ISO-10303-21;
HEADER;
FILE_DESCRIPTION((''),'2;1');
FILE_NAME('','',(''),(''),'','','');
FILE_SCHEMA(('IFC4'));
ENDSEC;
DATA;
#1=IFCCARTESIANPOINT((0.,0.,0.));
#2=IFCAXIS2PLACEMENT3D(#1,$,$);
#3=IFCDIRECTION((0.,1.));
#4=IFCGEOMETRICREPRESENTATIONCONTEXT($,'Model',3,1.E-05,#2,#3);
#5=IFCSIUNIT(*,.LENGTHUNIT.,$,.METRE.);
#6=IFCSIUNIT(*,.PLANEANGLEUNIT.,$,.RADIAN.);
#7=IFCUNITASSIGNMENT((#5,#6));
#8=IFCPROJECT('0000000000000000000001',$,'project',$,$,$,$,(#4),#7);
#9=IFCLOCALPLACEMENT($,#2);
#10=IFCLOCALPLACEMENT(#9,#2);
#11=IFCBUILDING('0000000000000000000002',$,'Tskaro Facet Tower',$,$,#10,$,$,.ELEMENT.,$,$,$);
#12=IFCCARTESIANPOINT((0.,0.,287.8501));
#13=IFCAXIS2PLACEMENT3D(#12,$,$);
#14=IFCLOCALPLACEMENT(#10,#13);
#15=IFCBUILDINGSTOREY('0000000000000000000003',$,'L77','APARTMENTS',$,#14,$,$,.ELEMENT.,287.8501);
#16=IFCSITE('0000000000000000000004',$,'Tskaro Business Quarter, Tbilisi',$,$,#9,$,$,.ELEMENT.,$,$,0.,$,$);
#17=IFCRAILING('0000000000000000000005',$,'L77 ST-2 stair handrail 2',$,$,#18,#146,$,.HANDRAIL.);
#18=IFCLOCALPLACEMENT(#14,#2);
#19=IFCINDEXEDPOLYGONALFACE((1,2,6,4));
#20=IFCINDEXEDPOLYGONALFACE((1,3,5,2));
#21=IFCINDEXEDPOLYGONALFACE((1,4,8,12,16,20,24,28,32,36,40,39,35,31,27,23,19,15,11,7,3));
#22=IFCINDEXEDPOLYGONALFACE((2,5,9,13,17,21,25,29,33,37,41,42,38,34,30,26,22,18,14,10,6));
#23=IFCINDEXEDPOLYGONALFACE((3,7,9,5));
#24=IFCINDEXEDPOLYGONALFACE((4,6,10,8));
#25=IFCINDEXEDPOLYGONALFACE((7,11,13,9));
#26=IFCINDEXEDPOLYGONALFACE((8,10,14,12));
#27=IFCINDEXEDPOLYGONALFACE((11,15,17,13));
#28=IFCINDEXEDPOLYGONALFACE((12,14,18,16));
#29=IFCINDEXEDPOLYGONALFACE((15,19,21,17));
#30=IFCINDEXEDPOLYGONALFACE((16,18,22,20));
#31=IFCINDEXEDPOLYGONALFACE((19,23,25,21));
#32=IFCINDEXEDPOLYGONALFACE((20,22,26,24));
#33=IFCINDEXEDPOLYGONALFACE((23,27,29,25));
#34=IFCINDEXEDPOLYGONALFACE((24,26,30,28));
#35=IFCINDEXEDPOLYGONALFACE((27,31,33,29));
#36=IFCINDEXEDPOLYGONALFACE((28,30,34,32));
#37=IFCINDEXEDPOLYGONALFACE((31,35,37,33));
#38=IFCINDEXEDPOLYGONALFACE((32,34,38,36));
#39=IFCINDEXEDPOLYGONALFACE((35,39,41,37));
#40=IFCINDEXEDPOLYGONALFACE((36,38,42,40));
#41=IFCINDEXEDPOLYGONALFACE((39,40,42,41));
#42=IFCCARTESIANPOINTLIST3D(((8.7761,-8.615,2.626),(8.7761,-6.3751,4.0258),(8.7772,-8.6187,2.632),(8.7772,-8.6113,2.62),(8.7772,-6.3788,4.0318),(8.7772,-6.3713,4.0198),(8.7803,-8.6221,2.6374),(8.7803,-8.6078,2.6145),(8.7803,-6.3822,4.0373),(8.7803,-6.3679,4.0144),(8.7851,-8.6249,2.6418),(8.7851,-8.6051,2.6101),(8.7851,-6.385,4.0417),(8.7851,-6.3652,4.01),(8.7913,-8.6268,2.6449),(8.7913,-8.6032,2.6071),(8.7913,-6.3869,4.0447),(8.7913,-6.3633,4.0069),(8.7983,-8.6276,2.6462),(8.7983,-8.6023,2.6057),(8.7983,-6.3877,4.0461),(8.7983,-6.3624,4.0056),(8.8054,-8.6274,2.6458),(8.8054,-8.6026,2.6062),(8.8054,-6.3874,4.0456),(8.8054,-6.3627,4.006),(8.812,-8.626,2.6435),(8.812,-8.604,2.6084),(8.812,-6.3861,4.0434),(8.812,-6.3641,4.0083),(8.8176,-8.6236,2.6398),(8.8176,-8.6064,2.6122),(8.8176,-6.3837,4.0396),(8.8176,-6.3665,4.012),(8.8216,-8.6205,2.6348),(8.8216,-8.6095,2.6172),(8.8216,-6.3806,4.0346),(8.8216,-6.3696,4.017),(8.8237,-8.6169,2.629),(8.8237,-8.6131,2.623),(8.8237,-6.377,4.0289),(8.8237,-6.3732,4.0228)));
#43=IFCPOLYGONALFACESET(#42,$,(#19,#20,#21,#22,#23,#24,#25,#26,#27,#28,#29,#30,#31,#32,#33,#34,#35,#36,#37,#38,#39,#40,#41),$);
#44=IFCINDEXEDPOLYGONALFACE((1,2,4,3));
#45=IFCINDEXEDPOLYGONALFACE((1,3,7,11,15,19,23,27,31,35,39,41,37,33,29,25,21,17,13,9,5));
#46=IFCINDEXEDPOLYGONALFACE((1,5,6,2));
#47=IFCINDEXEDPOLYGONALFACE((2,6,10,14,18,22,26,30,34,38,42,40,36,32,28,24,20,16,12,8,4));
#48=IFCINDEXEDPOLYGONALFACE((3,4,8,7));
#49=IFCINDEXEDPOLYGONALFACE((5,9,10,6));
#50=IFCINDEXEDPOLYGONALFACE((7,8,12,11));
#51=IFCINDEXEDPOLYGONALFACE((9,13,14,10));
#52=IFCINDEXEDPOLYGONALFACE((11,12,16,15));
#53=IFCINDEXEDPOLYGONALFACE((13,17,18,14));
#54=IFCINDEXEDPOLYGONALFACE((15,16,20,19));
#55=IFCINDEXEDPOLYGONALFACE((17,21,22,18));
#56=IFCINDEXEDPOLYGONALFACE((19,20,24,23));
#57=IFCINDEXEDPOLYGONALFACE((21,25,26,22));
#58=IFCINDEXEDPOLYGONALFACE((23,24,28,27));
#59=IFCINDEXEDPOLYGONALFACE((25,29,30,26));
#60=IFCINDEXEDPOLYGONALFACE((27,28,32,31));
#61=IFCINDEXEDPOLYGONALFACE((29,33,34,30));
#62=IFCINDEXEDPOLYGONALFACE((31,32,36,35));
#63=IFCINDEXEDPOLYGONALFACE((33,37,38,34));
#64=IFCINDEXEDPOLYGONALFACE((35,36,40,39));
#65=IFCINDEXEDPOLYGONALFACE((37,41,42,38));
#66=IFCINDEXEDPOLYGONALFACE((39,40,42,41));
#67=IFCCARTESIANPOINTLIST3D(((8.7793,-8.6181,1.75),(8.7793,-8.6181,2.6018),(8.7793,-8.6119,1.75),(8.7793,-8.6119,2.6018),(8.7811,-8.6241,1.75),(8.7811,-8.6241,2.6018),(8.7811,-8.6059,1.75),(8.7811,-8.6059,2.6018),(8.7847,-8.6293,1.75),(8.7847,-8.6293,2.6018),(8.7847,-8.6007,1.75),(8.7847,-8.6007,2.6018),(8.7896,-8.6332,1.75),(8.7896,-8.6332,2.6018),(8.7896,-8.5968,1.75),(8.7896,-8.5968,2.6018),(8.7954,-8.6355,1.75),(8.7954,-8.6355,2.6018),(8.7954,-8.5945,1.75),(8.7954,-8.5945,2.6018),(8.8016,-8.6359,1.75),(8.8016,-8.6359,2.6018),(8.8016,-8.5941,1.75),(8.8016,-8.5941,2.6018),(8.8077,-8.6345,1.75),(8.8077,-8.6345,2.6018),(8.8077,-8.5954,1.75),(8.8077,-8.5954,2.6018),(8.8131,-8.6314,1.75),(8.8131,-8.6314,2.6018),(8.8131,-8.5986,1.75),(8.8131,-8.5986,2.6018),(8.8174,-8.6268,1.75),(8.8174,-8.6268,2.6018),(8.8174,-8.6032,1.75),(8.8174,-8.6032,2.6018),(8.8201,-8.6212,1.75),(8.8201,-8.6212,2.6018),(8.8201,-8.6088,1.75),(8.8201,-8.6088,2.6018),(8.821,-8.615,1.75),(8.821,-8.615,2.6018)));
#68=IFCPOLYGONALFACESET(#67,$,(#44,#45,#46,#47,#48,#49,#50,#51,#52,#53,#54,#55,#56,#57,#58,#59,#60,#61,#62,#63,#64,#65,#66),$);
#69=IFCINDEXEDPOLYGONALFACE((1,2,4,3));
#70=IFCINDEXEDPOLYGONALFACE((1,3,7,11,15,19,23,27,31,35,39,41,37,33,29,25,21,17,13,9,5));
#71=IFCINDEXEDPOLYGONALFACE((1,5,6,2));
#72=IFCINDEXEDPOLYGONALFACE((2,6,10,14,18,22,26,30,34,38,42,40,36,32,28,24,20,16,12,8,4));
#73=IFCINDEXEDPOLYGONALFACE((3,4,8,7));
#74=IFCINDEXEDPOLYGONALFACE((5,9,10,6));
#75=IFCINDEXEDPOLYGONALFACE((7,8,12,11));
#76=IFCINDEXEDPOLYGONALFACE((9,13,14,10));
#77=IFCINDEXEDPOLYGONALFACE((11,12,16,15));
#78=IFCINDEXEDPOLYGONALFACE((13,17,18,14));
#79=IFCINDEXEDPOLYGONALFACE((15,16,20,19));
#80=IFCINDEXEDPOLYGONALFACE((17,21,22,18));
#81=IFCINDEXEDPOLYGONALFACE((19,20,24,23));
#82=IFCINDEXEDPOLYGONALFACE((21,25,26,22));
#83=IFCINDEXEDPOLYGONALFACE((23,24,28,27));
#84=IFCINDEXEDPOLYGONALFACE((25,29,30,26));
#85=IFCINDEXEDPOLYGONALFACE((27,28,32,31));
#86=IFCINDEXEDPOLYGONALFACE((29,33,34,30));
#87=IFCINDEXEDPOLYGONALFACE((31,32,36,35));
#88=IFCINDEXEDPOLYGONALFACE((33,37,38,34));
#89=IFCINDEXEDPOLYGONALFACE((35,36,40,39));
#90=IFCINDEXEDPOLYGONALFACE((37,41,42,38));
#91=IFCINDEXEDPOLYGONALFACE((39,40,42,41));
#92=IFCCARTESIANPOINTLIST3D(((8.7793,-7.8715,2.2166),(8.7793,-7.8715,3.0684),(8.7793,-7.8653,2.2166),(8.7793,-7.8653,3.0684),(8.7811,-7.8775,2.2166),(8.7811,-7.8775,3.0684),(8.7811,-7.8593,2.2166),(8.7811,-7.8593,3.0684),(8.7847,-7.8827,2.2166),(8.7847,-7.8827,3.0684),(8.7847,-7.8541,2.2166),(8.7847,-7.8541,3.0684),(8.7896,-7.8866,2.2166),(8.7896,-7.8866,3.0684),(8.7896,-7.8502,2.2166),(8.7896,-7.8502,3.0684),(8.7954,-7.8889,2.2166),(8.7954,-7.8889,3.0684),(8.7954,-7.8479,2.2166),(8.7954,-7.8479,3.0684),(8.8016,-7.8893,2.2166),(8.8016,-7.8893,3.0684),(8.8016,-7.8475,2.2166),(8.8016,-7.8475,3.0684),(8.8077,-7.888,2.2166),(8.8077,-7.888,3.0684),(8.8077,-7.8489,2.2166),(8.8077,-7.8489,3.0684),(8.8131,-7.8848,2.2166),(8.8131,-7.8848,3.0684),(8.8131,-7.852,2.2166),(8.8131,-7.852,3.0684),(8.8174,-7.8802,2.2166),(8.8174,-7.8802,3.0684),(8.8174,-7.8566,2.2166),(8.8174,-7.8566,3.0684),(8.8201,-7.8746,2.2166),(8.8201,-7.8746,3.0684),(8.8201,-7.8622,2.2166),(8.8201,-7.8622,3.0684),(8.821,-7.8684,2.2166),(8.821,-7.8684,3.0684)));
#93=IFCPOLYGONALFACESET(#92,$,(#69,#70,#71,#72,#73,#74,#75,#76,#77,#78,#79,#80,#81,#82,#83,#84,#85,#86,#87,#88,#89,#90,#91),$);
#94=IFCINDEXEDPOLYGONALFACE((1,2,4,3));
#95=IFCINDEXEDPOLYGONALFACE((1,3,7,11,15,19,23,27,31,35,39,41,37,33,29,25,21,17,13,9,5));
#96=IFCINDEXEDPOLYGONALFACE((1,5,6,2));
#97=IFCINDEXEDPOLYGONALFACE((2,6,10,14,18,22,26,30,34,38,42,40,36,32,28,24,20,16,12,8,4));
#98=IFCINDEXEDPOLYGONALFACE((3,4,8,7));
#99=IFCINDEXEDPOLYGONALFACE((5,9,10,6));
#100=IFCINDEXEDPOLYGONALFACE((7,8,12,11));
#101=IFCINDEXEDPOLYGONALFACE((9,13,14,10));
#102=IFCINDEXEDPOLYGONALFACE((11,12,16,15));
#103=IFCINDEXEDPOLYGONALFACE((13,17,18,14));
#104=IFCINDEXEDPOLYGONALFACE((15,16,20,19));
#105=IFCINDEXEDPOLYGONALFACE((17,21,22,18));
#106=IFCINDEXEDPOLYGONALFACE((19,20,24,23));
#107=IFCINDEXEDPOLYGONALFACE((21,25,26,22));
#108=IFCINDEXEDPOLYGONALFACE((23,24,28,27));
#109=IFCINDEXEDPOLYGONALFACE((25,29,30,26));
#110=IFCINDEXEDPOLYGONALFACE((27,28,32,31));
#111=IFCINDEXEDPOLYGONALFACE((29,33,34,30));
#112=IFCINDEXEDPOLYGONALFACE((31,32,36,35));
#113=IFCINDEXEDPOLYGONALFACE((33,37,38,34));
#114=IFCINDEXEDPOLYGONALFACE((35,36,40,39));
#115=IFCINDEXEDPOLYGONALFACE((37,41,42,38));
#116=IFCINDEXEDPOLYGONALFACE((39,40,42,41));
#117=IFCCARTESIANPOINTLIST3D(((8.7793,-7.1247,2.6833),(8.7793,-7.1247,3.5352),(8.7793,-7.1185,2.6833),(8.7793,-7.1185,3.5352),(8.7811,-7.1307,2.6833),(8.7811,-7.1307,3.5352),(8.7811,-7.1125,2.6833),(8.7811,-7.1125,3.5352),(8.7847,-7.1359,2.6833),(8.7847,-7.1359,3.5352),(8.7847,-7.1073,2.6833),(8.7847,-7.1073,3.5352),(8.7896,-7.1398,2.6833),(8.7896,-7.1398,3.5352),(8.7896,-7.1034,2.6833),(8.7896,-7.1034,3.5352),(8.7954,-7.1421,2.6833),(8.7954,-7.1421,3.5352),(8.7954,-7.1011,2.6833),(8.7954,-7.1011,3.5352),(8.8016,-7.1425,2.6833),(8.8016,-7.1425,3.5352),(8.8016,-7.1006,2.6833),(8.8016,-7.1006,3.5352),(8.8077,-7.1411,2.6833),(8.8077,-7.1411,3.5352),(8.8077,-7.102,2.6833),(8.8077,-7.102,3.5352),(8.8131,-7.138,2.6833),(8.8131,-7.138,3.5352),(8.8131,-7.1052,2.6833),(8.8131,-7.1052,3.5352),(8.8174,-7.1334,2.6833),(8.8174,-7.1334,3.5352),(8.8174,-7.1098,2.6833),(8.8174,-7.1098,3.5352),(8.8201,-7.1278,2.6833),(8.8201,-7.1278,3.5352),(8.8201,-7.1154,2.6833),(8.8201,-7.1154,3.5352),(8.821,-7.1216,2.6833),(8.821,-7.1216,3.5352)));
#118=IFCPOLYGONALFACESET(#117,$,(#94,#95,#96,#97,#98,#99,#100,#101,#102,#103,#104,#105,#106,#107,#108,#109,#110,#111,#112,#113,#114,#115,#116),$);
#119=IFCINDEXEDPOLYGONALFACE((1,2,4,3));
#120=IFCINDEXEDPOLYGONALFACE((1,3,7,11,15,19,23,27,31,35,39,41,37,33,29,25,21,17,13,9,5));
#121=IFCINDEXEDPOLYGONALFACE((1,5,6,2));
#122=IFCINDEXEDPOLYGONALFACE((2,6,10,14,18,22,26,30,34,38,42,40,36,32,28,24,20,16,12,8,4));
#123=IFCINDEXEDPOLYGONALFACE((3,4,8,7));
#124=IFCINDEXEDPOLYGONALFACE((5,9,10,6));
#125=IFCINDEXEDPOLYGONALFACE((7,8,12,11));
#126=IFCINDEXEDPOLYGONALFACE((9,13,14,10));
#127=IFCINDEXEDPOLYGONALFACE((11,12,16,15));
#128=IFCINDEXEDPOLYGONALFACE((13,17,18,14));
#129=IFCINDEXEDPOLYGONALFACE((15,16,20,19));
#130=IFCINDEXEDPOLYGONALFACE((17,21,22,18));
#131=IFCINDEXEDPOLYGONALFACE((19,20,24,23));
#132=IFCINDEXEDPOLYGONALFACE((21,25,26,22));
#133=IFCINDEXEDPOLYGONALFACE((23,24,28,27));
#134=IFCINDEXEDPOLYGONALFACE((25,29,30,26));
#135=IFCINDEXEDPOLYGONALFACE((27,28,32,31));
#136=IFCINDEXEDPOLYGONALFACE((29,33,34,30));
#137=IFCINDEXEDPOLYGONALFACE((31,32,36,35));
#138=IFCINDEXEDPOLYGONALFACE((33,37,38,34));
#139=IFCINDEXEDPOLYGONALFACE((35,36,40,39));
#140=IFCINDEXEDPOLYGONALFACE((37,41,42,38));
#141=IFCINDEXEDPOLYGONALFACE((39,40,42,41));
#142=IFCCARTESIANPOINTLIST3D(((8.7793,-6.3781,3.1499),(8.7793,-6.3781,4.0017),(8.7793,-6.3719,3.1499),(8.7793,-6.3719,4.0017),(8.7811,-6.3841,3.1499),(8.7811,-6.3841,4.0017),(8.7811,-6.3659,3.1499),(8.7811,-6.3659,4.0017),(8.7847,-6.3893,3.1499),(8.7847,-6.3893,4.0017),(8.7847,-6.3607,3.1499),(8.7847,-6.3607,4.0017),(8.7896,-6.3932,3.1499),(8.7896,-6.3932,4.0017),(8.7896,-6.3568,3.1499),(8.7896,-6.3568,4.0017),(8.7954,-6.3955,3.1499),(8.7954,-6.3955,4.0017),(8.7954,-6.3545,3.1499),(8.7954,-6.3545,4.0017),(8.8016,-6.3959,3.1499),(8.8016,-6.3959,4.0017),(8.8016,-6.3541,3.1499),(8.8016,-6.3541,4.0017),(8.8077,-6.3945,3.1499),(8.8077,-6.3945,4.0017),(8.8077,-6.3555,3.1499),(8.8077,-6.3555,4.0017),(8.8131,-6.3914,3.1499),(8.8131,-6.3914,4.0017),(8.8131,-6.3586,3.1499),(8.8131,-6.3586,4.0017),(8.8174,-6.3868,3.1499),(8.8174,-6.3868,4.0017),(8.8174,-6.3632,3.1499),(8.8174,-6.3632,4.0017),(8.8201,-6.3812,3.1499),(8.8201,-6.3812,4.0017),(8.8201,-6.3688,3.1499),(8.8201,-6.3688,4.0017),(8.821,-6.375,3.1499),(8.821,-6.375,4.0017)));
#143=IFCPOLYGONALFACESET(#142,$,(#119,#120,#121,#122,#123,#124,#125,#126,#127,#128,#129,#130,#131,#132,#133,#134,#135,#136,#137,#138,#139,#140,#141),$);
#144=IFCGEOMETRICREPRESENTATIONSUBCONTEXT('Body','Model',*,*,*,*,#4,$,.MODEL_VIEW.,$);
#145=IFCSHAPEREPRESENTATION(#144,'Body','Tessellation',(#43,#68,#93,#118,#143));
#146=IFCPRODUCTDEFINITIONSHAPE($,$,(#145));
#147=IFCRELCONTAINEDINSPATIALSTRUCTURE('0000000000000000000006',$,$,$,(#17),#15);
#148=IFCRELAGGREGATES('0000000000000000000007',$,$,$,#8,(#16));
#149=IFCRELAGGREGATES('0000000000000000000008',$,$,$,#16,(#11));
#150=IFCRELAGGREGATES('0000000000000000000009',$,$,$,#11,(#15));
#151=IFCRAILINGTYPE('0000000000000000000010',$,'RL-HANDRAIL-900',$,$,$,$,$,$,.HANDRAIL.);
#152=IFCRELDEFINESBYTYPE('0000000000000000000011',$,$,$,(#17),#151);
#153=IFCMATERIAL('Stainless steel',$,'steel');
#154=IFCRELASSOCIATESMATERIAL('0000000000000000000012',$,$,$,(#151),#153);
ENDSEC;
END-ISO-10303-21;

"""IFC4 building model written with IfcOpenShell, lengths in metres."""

from ifc_helpers import new_model, si_unit, direction, frame, origin, origin_2d, place, context, subcontext, project, spatial, circle, extrude, material, type_object, element, save


model = new_model("IFC4")

# Units and contexts
model_context = context("Model", 3, precision=1e-05, world=origin(), true_north=direction((0.0, 1.0)))
body_context = subcontext(model_context, "Body", "Model", "MODEL_VIEW")
ifc_project = project(units=[si_unit("LENGTHUNIT", "METRE"), si_unit("PLANEANGLEUNIT", "RADIAN")], contexts=[model_context])

# Site, building, storey
site_placement = place(None, origin())
site = spatial("IfcSite", under=ifc_project, at=site_placement, Name="Tskaro Business Quarter, Tbilisi", CompositionType="ELEMENT", RefElevation=0.0)
building_placement = place(site_placement, origin())
building = spatial("IfcBuilding", under=site, at=building_placement, Name="Tskaro Facet Tower", CompositionType="ELEMENT")
storey_placement = place(building_placement, frame((0.0, 0.0, 287.8501)))
storey = spatial("IfcBuildingStorey", under=building, at=storey_placement, Name="L77", Description="APARTMENTS", CompositionType="ELEMENT", Elevation=287.8501)

# Railing
ifc_material_1 = material(Name="Stainless steel", Category="steel")
railing_type_1 = type_object("IfcRailingType", Name="RL-HANDRAIL-900", PredefinedType="HANDRAIL", material=ifc_material_1)
railing_1_placement = place(storey_placement, frame((8.8, -8.615, 1.75)))
element("IfcRailing", 1, at=railing_1_placement, inside=storey, type_object=railing_type_1, Name="L77 ST-2 stair handrail 2", PredefinedType="HANDRAIL", context=body_context, shape_type="SweptSolid", body=[
    extrude(circle(Radius=0.0239, at=origin_2d()), frame((0.0, 0.0, 0.876), z_axis=(0.0, 0.848014, 0.529974), x_axis=(-1.0, 0.0, 0.0)), (0.0, 0.0, 1.0), 2.6414),
    extrude(circle(Radius=0.021, at=origin_2d()), origin(), (0.0, 0.0, 1.0), 0.8518),
    extrude(circle(Radius=0.021, at=origin_2d()), frame((0.0, 0.7466, 0.4666)), (0.0, 0.0, 1.0), 0.8518),
    extrude(circle(Radius=0.021, at=origin_2d()), frame((0.0, 1.4934, 0.9333)), (0.0, 0.0, 1.0), 0.8518),
    extrude(circle(Radius=0.021, at=origin_2d()), frame((0.0, 2.24, 1.3999)), (0.0, 0.0, 1.0), 0.8518),
])

save(model, "model.ifc")
